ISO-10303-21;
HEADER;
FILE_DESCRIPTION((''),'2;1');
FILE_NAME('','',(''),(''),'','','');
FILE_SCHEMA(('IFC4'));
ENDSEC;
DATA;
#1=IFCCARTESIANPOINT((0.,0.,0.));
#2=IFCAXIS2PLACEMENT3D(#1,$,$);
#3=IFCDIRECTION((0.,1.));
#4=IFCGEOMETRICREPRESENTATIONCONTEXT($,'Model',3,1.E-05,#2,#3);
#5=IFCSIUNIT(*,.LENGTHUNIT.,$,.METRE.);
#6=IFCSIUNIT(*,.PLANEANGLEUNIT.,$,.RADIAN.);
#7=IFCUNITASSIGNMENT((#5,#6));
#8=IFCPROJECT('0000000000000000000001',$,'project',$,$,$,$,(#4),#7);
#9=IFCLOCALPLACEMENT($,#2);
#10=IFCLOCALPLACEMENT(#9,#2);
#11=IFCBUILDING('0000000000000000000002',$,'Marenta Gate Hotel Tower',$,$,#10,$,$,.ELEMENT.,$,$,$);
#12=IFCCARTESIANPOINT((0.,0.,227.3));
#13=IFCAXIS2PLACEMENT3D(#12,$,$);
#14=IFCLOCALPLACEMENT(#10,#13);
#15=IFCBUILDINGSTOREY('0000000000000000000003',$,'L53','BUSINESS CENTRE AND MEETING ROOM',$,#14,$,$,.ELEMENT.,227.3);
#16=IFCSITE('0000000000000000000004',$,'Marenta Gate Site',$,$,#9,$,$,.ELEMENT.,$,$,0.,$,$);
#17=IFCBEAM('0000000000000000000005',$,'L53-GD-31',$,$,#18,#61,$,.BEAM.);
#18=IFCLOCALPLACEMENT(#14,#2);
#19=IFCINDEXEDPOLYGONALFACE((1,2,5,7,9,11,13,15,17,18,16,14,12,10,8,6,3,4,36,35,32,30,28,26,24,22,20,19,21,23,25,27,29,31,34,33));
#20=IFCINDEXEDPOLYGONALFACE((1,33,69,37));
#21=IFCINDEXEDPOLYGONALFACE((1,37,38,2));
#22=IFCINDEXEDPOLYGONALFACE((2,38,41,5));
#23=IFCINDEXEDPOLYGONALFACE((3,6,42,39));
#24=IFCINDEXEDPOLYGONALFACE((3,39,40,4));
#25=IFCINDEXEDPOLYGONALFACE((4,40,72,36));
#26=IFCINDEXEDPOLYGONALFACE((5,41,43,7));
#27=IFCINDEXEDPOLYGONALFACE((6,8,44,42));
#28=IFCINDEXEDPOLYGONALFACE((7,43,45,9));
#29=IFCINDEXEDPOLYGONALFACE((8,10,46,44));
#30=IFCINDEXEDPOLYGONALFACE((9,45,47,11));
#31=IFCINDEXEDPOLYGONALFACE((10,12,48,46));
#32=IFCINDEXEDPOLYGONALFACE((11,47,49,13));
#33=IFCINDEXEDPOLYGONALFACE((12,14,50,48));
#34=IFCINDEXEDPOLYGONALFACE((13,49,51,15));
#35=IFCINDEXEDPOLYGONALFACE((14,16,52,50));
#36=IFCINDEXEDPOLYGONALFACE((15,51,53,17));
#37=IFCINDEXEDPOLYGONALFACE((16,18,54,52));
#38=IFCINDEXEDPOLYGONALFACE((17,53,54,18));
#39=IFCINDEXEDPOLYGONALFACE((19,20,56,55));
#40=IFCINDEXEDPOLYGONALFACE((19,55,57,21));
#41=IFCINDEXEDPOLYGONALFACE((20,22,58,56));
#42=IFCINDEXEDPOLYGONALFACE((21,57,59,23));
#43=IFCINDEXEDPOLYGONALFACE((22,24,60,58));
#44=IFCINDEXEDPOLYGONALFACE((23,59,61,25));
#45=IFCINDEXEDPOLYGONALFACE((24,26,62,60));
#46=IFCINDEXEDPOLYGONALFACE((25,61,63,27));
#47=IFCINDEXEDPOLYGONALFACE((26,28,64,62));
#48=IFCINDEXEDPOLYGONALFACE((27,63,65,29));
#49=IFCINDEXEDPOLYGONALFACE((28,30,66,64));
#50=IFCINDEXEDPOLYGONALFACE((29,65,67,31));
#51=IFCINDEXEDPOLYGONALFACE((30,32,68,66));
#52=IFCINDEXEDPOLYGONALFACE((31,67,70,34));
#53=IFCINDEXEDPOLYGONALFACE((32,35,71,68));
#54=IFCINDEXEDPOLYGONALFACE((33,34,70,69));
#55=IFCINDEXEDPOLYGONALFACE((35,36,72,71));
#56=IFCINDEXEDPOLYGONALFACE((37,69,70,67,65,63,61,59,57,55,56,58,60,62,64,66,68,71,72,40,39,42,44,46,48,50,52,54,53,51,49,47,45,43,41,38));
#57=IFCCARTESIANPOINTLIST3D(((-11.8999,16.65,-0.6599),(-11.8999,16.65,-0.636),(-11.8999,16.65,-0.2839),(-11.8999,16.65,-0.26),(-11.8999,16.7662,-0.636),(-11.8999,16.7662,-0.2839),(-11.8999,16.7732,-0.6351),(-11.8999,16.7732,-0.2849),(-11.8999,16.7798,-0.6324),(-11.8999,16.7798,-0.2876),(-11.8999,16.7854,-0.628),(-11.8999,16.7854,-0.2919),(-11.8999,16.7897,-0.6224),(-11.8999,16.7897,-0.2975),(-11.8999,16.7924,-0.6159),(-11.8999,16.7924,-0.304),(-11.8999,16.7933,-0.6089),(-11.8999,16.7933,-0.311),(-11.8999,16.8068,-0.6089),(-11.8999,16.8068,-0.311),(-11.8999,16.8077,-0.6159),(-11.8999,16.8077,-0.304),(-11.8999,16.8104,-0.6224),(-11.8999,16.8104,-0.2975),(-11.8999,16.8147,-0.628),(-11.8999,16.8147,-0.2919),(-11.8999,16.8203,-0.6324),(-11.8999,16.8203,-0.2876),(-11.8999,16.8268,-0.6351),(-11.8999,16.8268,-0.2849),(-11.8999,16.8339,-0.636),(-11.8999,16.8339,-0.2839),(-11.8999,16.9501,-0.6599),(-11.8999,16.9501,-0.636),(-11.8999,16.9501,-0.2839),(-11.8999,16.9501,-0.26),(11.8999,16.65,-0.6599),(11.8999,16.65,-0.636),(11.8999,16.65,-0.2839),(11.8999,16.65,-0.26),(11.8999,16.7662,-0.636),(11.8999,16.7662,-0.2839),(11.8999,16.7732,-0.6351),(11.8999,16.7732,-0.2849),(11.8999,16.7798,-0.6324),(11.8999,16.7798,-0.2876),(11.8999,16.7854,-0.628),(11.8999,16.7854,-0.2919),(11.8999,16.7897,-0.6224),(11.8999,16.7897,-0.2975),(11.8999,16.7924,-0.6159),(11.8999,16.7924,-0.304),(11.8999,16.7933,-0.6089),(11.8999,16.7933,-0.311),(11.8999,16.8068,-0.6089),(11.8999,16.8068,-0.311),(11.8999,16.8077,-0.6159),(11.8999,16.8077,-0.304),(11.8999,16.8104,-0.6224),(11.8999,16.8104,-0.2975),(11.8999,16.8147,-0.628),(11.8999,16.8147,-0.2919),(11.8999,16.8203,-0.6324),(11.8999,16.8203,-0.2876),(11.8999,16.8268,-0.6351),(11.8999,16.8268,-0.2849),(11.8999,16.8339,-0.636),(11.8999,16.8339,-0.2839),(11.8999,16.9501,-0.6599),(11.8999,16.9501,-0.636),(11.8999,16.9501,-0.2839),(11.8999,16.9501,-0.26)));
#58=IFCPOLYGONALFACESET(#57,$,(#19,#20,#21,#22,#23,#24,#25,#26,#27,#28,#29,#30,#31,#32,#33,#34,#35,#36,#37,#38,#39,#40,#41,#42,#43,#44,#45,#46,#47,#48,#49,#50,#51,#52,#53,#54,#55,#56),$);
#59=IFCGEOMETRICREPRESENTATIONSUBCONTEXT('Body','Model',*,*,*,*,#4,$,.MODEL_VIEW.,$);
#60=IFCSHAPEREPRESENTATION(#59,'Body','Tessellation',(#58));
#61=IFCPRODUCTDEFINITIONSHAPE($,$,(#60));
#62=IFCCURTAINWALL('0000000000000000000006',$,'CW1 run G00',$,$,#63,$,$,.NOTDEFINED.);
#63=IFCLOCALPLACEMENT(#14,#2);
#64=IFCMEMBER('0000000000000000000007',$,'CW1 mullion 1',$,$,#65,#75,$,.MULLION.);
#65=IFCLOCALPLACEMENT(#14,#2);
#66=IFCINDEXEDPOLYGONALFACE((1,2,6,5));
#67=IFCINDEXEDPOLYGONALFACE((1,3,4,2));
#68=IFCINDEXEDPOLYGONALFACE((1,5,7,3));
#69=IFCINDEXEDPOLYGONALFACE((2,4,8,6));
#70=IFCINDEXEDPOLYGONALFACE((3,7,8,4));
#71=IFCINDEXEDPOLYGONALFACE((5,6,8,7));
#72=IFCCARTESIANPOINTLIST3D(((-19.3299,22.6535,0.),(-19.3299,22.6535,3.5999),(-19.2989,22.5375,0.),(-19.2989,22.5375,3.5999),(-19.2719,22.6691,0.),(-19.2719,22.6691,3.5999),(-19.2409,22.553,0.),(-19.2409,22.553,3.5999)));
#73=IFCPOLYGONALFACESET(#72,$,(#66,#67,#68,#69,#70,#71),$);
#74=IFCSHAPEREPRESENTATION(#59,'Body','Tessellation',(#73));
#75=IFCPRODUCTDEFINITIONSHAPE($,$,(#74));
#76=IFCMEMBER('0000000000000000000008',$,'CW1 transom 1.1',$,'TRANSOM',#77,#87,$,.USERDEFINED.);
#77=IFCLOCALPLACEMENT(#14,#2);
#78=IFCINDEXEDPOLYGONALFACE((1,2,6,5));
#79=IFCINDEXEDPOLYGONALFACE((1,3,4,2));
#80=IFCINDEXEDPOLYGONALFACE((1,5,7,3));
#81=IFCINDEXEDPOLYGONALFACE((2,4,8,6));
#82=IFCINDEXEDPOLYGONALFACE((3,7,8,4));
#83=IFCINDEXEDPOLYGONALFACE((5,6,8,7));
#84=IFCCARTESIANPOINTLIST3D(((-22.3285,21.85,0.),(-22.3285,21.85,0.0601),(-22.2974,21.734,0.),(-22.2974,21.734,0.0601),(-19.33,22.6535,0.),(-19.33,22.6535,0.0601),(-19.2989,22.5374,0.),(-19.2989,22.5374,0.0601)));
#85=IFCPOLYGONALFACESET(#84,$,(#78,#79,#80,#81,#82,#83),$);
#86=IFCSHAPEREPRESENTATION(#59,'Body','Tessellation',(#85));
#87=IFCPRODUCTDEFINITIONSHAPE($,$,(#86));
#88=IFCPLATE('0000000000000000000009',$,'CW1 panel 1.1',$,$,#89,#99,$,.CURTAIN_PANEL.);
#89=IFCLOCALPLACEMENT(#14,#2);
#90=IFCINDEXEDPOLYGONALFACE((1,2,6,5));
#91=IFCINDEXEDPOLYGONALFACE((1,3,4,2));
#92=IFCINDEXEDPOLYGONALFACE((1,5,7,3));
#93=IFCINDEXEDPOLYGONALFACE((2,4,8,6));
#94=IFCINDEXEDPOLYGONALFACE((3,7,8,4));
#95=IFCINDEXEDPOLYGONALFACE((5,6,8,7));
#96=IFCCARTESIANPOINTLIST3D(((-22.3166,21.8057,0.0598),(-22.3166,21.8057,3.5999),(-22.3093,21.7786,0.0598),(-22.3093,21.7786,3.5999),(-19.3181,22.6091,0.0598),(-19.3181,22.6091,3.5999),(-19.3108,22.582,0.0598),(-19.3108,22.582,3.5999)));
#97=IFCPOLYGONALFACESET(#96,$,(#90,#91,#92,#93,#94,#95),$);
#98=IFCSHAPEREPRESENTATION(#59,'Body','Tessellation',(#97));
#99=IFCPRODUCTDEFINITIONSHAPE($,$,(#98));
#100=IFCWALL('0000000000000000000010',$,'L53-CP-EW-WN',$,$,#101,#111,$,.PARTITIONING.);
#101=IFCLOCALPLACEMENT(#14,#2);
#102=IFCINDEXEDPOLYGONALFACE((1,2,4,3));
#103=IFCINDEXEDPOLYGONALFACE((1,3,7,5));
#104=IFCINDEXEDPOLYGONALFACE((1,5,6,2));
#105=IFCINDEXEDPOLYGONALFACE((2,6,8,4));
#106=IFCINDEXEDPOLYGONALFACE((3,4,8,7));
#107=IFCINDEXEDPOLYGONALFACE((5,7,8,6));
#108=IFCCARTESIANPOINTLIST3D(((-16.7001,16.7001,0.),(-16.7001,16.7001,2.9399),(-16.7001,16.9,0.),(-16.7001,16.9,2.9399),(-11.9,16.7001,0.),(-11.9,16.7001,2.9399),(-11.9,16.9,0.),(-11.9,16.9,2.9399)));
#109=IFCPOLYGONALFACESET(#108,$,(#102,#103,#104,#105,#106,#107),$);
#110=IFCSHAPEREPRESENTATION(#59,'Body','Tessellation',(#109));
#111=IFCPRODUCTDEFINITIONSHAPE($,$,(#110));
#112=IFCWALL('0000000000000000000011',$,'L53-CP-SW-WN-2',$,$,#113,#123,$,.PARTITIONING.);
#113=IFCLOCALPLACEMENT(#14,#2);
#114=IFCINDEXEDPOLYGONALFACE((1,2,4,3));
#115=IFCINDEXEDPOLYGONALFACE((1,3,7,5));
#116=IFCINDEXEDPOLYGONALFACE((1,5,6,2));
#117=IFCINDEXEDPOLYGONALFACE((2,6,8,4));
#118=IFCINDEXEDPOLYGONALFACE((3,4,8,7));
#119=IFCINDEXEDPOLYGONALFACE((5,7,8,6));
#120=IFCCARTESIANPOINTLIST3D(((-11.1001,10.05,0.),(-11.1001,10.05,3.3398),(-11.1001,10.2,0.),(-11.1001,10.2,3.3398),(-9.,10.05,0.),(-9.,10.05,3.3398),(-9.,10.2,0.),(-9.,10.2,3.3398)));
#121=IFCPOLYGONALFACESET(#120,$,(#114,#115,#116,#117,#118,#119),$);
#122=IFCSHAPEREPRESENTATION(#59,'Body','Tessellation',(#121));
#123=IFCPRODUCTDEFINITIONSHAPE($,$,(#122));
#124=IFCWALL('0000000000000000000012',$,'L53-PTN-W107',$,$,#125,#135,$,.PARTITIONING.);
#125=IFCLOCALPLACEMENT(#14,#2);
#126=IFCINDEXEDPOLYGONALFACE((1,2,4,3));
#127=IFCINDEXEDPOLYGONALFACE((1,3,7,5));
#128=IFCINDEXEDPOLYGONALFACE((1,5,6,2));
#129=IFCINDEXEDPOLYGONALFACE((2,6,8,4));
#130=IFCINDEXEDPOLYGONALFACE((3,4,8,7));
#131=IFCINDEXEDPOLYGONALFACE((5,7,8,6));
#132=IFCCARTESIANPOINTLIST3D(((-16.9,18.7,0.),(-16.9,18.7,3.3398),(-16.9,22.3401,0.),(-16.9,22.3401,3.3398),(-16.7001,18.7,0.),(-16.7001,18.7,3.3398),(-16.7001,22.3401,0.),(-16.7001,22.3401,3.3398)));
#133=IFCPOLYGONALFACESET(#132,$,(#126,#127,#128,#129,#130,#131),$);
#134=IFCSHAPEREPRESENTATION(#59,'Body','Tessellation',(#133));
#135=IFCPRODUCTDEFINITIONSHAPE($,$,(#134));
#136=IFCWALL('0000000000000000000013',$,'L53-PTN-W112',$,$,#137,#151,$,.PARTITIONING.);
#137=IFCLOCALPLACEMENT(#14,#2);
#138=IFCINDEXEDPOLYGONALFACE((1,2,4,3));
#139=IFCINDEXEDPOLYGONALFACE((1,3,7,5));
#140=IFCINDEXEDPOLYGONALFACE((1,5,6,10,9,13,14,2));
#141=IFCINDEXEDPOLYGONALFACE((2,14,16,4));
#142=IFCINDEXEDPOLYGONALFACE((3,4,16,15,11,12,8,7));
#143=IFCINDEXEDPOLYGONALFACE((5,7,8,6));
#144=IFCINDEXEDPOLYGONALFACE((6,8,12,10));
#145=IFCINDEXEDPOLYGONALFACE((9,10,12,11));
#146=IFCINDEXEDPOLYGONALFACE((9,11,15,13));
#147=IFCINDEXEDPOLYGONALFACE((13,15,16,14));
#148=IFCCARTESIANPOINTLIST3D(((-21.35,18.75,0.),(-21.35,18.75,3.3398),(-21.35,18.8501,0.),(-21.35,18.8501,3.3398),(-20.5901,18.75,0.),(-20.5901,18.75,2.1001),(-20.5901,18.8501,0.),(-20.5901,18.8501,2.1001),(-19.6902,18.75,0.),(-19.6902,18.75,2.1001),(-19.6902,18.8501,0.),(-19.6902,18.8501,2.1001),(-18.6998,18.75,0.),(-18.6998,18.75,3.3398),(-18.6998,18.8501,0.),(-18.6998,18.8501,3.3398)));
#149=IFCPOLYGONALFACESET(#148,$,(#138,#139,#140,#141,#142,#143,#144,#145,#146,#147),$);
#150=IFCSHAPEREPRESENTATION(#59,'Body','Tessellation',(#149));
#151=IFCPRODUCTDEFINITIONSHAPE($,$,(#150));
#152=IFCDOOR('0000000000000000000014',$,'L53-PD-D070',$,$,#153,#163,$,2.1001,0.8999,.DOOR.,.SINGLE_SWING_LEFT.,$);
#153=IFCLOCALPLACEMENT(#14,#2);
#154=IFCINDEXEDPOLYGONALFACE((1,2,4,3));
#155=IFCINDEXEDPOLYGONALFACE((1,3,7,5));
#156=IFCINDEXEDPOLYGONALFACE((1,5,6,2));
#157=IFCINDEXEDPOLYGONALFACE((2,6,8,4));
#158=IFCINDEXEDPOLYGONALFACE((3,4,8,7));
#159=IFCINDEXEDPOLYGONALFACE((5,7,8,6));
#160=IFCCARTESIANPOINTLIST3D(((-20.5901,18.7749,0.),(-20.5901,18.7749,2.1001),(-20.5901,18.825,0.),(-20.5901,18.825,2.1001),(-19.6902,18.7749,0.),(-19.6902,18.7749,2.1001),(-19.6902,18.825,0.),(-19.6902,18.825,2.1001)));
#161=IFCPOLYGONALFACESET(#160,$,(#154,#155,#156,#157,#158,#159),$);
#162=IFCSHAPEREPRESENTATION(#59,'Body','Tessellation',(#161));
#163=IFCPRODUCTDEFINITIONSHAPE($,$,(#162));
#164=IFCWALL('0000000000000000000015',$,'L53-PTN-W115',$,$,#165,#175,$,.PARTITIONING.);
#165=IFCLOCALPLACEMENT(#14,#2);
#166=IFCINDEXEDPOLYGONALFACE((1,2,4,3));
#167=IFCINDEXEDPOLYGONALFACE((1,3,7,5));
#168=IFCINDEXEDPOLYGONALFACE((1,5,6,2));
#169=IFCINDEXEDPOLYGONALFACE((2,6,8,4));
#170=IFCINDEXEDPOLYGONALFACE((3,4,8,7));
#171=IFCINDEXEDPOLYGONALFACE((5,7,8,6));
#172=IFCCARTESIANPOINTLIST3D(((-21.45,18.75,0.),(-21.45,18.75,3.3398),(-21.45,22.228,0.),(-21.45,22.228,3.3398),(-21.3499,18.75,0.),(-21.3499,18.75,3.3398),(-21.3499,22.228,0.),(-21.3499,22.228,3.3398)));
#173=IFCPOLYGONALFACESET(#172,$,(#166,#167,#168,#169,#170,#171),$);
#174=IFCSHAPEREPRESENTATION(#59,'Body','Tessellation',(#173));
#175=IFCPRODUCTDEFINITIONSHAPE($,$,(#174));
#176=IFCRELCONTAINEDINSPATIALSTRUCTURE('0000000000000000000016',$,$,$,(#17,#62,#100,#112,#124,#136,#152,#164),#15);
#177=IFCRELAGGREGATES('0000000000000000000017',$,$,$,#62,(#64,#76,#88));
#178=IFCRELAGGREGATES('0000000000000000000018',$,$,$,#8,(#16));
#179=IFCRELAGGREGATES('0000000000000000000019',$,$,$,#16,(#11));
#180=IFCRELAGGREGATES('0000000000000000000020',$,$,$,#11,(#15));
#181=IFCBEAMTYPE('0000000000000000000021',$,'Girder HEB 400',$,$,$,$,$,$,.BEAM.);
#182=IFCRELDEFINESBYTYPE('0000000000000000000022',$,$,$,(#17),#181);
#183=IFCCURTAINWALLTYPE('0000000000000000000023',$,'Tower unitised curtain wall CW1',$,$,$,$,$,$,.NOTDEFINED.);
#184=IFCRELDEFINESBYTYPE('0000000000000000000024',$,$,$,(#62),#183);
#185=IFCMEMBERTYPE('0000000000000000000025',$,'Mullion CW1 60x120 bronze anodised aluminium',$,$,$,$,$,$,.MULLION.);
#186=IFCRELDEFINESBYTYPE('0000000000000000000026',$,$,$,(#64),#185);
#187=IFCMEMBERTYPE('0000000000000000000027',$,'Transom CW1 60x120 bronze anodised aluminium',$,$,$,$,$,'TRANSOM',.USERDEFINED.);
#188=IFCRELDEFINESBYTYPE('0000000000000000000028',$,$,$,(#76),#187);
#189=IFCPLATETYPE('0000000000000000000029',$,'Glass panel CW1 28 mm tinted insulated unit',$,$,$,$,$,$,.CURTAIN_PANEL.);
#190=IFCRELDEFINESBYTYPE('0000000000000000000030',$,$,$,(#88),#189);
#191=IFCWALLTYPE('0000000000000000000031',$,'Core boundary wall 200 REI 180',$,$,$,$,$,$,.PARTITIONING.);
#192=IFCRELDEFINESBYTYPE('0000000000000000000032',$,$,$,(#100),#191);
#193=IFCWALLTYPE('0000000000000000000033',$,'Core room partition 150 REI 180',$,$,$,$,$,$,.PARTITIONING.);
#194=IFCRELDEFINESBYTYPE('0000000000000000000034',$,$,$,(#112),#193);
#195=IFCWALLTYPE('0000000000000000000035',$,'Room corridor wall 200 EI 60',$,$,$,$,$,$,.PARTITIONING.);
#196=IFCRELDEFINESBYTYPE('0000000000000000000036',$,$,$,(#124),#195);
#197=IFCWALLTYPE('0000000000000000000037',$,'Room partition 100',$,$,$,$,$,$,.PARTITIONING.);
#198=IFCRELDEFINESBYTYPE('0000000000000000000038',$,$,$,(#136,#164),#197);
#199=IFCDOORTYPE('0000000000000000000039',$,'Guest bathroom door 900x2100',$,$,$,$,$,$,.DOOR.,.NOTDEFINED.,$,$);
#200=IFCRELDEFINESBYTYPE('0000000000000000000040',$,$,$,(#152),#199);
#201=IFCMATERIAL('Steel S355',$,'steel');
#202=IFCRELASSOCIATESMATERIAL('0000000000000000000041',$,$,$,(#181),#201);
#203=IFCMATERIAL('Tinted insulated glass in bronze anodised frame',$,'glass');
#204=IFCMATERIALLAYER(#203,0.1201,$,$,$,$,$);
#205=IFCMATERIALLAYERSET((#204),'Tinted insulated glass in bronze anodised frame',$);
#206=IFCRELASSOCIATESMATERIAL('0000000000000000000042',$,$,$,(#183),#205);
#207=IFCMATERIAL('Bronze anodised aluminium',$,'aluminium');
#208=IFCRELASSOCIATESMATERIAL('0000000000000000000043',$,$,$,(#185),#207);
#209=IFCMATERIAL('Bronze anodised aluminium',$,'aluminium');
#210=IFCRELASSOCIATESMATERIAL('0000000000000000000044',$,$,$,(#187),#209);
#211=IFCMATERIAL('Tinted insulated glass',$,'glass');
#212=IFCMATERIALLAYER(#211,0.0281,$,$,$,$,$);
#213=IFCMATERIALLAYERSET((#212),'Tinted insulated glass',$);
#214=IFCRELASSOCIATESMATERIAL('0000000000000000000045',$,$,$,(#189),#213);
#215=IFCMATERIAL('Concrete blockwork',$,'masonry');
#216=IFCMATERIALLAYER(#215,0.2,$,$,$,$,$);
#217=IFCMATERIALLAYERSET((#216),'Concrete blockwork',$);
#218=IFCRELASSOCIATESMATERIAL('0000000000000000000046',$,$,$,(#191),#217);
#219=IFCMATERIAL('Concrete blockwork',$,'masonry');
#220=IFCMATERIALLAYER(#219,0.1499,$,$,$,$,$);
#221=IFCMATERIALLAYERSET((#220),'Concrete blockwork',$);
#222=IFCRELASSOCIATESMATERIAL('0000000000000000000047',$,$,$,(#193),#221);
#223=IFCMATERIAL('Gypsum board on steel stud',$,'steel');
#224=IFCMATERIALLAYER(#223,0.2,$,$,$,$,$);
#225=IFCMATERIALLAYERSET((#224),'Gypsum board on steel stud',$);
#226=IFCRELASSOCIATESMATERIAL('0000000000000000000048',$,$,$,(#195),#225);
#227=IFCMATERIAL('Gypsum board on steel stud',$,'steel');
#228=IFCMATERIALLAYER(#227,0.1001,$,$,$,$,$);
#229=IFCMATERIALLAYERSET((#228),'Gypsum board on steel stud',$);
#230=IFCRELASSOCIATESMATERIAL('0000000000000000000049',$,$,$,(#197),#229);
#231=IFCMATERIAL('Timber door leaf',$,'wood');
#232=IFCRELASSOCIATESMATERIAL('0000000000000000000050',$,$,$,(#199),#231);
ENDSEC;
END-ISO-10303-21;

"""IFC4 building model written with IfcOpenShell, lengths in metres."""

from ifc_helpers import new_model, si_unit, direction, frame, frame_2d, origin, origin_2d, place, context, subcontext, project, spatial, rectangle, i_section, extrude, material, layer, layer_set, material_profile, profile_set, type_object, element, fill, aggregate, save


model = new_model("IFC4")

# Units and contexts
model_context = context("Model", 3, precision=1e-05, world=origin(), true_north=direction((0.0, 1.0)))
body_context = subcontext(model_context, "Body", "Model", "MODEL_VIEW")
ifc_project = project(units=[si_unit("LENGTHUNIT", "METRE"), si_unit("PLANEANGLEUNIT", "RADIAN")], contexts=[model_context])

# Site, building, storey
site_placement = place(None, origin())
site = spatial("IfcSite", under=ifc_project, at=site_placement, Name="Marenta Gate Site", CompositionType="ELEMENT", RefElevation=0.0)
building_placement = place(site_placement, origin())
building = spatial("IfcBuilding", under=site, at=building_placement, Name="Marenta Gate Hotel Tower", CompositionType="ELEMENT")
storey_placement = place(building_placement, frame((0.0, 0.0, 227.3)))
storey = spatial("IfcBuildingStorey", under=building, at=storey_placement, Name="L53", Description="BUSINESS CENTRE AND MEETING ROOM", CompositionType="ELEMENT", Elevation=227.3)

# Beam
ifc_material_1 = material(Name="Steel S355", Category="steel")
ifc_material_profile_1 = material_profile(ifc_material_1, i_section(OverallWidth=0.3, OverallDepth=0.3999, WebThickness=0.0134, FlangeThickness=0.0239, FilletRadius=0.0271, at=origin_2d()), Name="HEB 400")
ifc_profile_set_1 = profile_set([ifc_material_profile_1], Name="Steel S355")
beam_type_1 = type_object("IfcBeamType", Name="Girder HEB 400", PredefinedType="BEAM", material=ifc_profile_set_1)
beam_1_placement = place(storey_placement, frame((-11.8999, 16.8, -0.46), z_axis=(1.0, 0.0, 0.0), x_axis=(0.0, 1.0, 0.0)))
element("IfcBeam", 1, at=beam_1_placement, inside=storey, type_object=beam_type_1, Name="L53-GD-31", PredefinedType="BEAM", context=body_context, shape_type="SweptSolid", body=[
    extrude(i_section(OverallWidth=0.3, OverallDepth=0.3999, WebThickness=0.0134, FlangeThickness=0.0239, FilletRadius=0.0271, at=origin_2d()), origin(), (0.0, 0.0, 1.0), 23.7998),
])

# Curtain wall, members, plate
ifc_material_2 = material(Name="Tinted insulated glass in bronze anodised frame", Category="glass")
ifc_layer_1 = layer(ifc_material_2, 0.1201)
ifc_layer_set_1 = layer_set([ifc_layer_1], Name="Tinted insulated glass in bronze anodised frame")
curtain_wall_type = type_object("IfcCurtainWallType", Name="Tower unitised curtain wall CW1", PredefinedType="NOTDEFINED", material=ifc_layer_set_1)
curtain_wall_placement = place(storey_placement, origin())
curtain_wall = element("IfcCurtainWall", 2, at=curtain_wall_placement, inside=storey, type_object=curtain_wall_type, Name="CW1 run G00", PredefinedType="NOTDEFINED")
ifc_material_3 = material(Name="Bronze anodised aluminium", Category="aluminium")
ifc_material_profile_2 = material_profile(ifc_material_3, rectangle(XDim=0.1201, YDim=0.0601, at=origin_2d()), Name="Mullion CW1 60x120 bronze anodised aluminium")
ifc_profile_set_2 = profile_set([ifc_material_profile_2], Name="Bronze anodised aluminium")
member_type_1 = type_object("IfcMemberType", Name="Mullion CW1 60x120 bronze anodised aluminium", PredefinedType="MULLION", material=ifc_profile_set_2)
member_1_placement = place(storey_placement, frame((-19.2854, 22.6033, 0.0), z_axis=(0.0, 0.0, 1.0), x_axis=(0.258801, -0.965931, 0.0)))
member_1 = element("IfcMember", 3, at=member_1_placement, type_object=member_type_1, Name="CW1 mullion 1", PredefinedType="MULLION", context=body_context, shape_type="SweptSolid", body=[
    extrude(rectangle(XDim=0.1201, YDim=0.0601, at=origin_2d()), origin(), (0.0, 0.0, 1.0), 3.5999),
])
ifc_material_4 = material(Name="Bronze anodised aluminium", Category="aluminium")
ifc_material_profile_3 = material_profile(ifc_material_4, rectangle(XDim=0.1201, YDim=0.0601, at=origin_2d()), Name="Transom CW1 60x120 bronze anodised aluminium")
ifc_profile_set_3 = profile_set([ifc_material_profile_3], Name="Bronze anodised aluminium")
member_type_2 = type_object("IfcMemberType", Name="Transom CW1 60x120 bronze anodised aluminium", ElementType="TRANSOM", PredefinedType="USERDEFINED", material=ifc_profile_set_3)
member_2_placement = place(storey_placement, frame((-19.3145, 22.5955, 0.03), z_axis=(-0.965925, -0.258823, 0.0), x_axis=(0.258823, -0.965925, 0.0)))
member_2 = element("IfcMember", 4, at=member_2_placement, type_object=member_type_2, Name="CW1 transom 1.1", ObjectType="TRANSOM", PredefinedType="USERDEFINED", context=body_context, shape_type="SweptSolid", body=[
    extrude(rectangle(XDim=0.1201, YDim=0.0601, at=origin_2d()), origin(), (0.0, 0.0, 1.0), 3.1042),
])
ifc_material_5 = material(Name="Tinted insulated glass", Category="glass")
ifc_layer_2 = layer(ifc_material_5, 0.0281)
ifc_layer_set_2 = layer_set([ifc_layer_2], Name="Tinted insulated glass")
plate_type = type_object("IfcPlateType", Name="Glass panel CW1 28 mm tinted insulated unit", PredefinedType="CURTAIN_PANEL", material=ifc_layer_set_2)
plate_placement = place(storey_placement, frame((-20.8137, 22.1938, 0.0598), z_axis=(0.0, 0.0, 1.0), x_axis=(-0.965931, -0.258801, 0.0)))
plate = element("IfcPlate", 5, at=plate_placement, type_object=plate_type, Name="CW1 panel 1.1", PredefinedType="CURTAIN_PANEL", context=body_context, shape_type="SweptSolid", body=[
    extrude(rectangle(XDim=3.1042, YDim=0.0281, at=origin_2d()), origin(), (0.0, 0.0, 1.0), 3.54),
])
aggregate(curtain_wall, [member_1, member_2, plate])

# Walls
ifc_material_6 = material(Name="Concrete blockwork", Category="masonry")
ifc_layer_3 = layer(ifc_material_6, 0.2)
ifc_layer_set_3 = layer_set([ifc_layer_3], Name="Concrete blockwork")
wall_type_1 = type_object("IfcWallType", Name="Core boundary wall 200 REI 180", PredefinedType="PARTITIONING", material=ifc_layer_set_3)
wall_1_placement = place(storey_placement, frame((-16.7, 16.8, 0.0), z_axis=(0.0, 0.0, 1.0), x_axis=(1.0, 0.0, 0.0)))
element("IfcWall", 6, at=wall_1_placement, inside=storey, type_object=wall_type_1, Name="L53-CP-EW-WN", PredefinedType="PARTITIONING", context=body_context, shape_type="SweptSolid", body=[
    extrude(rectangle(XDim=4.8, YDim=0.2, at=frame_2d((2.3999, 0.0))), origin(), (0.0, 0.0, 1.0), 2.9399),
])
ifc_material_7 = material(Name="Concrete blockwork", Category="masonry")
ifc_layer_4 = layer(ifc_material_7, 0.1499)
ifc_layer_set_4 = layer_set([ifc_layer_4], Name="Concrete blockwork")
wall_type_2 = type_object("IfcWallType", Name="Core room partition 150 REI 180", PredefinedType="PARTITIONING", material=ifc_layer_set_4)
wall_2_placement = place(storey_placement, frame((-11.1001, 10.125, 0.0), z_axis=(0.0, 0.0, 1.0), x_axis=(1.0, 0.0, 0.0)))
element("IfcWall", 7, at=wall_2_placement, inside=storey, type_object=wall_type_2, Name="L53-CP-SW-WN-2", PredefinedType="PARTITIONING", context=body_context, shape_type="SweptSolid", body=[
    extrude(rectangle(XDim=2.1001, YDim=0.1499, at=frame_2d((1.05, 0.0))), origin(), (0.0, 0.0, 1.0), 3.3398),
])
ifc_material_8 = material(Name="Gypsum board on steel stud", Category="steel")
ifc_layer_5 = layer(ifc_material_8, 0.2)
ifc_layer_set_5 = layer_set([ifc_layer_5], Name="Gypsum board on steel stud")
wall_type_3 = type_object("IfcWallType", Name="Room corridor wall 200 EI 60", PredefinedType="PARTITIONING", material=ifc_layer_set_5)
wall_3_placement = place(storey_placement, frame((-16.8, 18.7, 0.0), z_axis=(0.0, 0.0, 1.0), x_axis=(0.0, 1.0, 0.0)))
element("IfcWall", 8, at=wall_3_placement, inside=storey, type_object=wall_type_3, Name="L53-PTN-W107", PredefinedType="PARTITIONING", context=body_context, shape_type="SweptSolid", body=[
    extrude(rectangle(XDim=3.6401, YDim=0.2, at=frame_2d((1.8201, 0.0))), origin(), (0.0, 0.0, 1.0), 3.3398),
])

# Wall, opening, door
ifc_material_9 = material(Name="Gypsum board on steel stud", Category="steel")
ifc_layer_6 = layer(ifc_material_9, 0.1001)
ifc_layer_set_6 = layer_set([ifc_layer_6], Name="Gypsum board on steel stud")
wall_type_4 = type_object("IfcWallType", Name="Room partition 100", PredefinedType="PARTITIONING", material=ifc_layer_set_6)
wall_4_placement = place(storey_placement, frame((-21.3501, 18.8, 0.0), z_axis=(0.0, 0.0, 1.0), x_axis=(1.0, 0.0, 0.0)))
wall_4 = element("IfcWall", 9, at=wall_4_placement, inside=storey, type_object=wall_type_4, Name="L53-PTN-W112", PredefinedType="PARTITIONING", context=body_context, shape_type="SweptSolid", body=[
    extrude(rectangle(XDim=2.6501, YDim=0.1001, at=frame_2d((1.3252, 0.0))), origin(), (0.0, 0.0, 1.0), 3.3398),
])
opening_1_placement = place(wall_4_placement, frame((0.76, 0.0, 0.0)))
opening_1 = element("IfcOpeningElement", 10, at=opening_1_placement, cuts=wall_4, PredefinedType="OPENING", context=body_context, shape_type="SweptSolid", body=[
    extrude(rectangle(XDim=0.8999, YDim=2.1001, at=frame_2d((0.45, 1.05))), frame((0.0, 0.05, 0.0), z_axis=(0.0, -1.0, 0.0), x_axis=(1.0, 0.0, 0.0)), (0.0, 0.0, 1.0), 0.1001),
])
ifc_material_10 = material(Name="Timber door leaf", Category="wood")
door_type_1 = type_object("IfcDoorType", Name="Guest bathroom door 900x2100", OperationType="NOTDEFINED", PredefinedType="DOOR", material=ifc_material_10)
door_1_placement = place(opening_1_placement, origin())
door_1 = element("IfcDoor", 11, at=door_1_placement, inside=storey, type_object=door_type_1, Name="L53-PD-D070", OperationType="SINGLE_SWING_LEFT", OverallHeight=2.1001, OverallWidth=0.8999, PredefinedType="DOOR", context=body_context, shape_type="SweptSolid", body=[
    extrude(rectangle(XDim=0.8999, YDim=2.1001, at=frame_2d((0.45, 1.05))), frame((0.0, 0.0249, 0.0), z_axis=(0.0, -1.0, 0.0), x_axis=(1.0, 0.0, 0.0)), (0.0, 0.0, 1.0), 0.05),
])
fill(opening_1, door_1)

# Wall
wall_5_placement = place(storey_placement, frame((-21.3999, 18.75, 0.0), z_axis=(0.0, 0.0, 1.0), x_axis=(0.0, 1.0, 0.0)))
element("IfcWall", 12, at=wall_5_placement, inside=storey, type_object=wall_type_4, Name="L53-PTN-W115", PredefinedType="PARTITIONING", context=body_context, shape_type="SweptSolid", body=[
    extrude(rectangle(XDim=3.478, YDim=0.1001, at=frame_2d((1.739, 0.0))), origin(), (0.0, 0.0, 1.0), 3.3398),
])

save(model, "model.ifc")
